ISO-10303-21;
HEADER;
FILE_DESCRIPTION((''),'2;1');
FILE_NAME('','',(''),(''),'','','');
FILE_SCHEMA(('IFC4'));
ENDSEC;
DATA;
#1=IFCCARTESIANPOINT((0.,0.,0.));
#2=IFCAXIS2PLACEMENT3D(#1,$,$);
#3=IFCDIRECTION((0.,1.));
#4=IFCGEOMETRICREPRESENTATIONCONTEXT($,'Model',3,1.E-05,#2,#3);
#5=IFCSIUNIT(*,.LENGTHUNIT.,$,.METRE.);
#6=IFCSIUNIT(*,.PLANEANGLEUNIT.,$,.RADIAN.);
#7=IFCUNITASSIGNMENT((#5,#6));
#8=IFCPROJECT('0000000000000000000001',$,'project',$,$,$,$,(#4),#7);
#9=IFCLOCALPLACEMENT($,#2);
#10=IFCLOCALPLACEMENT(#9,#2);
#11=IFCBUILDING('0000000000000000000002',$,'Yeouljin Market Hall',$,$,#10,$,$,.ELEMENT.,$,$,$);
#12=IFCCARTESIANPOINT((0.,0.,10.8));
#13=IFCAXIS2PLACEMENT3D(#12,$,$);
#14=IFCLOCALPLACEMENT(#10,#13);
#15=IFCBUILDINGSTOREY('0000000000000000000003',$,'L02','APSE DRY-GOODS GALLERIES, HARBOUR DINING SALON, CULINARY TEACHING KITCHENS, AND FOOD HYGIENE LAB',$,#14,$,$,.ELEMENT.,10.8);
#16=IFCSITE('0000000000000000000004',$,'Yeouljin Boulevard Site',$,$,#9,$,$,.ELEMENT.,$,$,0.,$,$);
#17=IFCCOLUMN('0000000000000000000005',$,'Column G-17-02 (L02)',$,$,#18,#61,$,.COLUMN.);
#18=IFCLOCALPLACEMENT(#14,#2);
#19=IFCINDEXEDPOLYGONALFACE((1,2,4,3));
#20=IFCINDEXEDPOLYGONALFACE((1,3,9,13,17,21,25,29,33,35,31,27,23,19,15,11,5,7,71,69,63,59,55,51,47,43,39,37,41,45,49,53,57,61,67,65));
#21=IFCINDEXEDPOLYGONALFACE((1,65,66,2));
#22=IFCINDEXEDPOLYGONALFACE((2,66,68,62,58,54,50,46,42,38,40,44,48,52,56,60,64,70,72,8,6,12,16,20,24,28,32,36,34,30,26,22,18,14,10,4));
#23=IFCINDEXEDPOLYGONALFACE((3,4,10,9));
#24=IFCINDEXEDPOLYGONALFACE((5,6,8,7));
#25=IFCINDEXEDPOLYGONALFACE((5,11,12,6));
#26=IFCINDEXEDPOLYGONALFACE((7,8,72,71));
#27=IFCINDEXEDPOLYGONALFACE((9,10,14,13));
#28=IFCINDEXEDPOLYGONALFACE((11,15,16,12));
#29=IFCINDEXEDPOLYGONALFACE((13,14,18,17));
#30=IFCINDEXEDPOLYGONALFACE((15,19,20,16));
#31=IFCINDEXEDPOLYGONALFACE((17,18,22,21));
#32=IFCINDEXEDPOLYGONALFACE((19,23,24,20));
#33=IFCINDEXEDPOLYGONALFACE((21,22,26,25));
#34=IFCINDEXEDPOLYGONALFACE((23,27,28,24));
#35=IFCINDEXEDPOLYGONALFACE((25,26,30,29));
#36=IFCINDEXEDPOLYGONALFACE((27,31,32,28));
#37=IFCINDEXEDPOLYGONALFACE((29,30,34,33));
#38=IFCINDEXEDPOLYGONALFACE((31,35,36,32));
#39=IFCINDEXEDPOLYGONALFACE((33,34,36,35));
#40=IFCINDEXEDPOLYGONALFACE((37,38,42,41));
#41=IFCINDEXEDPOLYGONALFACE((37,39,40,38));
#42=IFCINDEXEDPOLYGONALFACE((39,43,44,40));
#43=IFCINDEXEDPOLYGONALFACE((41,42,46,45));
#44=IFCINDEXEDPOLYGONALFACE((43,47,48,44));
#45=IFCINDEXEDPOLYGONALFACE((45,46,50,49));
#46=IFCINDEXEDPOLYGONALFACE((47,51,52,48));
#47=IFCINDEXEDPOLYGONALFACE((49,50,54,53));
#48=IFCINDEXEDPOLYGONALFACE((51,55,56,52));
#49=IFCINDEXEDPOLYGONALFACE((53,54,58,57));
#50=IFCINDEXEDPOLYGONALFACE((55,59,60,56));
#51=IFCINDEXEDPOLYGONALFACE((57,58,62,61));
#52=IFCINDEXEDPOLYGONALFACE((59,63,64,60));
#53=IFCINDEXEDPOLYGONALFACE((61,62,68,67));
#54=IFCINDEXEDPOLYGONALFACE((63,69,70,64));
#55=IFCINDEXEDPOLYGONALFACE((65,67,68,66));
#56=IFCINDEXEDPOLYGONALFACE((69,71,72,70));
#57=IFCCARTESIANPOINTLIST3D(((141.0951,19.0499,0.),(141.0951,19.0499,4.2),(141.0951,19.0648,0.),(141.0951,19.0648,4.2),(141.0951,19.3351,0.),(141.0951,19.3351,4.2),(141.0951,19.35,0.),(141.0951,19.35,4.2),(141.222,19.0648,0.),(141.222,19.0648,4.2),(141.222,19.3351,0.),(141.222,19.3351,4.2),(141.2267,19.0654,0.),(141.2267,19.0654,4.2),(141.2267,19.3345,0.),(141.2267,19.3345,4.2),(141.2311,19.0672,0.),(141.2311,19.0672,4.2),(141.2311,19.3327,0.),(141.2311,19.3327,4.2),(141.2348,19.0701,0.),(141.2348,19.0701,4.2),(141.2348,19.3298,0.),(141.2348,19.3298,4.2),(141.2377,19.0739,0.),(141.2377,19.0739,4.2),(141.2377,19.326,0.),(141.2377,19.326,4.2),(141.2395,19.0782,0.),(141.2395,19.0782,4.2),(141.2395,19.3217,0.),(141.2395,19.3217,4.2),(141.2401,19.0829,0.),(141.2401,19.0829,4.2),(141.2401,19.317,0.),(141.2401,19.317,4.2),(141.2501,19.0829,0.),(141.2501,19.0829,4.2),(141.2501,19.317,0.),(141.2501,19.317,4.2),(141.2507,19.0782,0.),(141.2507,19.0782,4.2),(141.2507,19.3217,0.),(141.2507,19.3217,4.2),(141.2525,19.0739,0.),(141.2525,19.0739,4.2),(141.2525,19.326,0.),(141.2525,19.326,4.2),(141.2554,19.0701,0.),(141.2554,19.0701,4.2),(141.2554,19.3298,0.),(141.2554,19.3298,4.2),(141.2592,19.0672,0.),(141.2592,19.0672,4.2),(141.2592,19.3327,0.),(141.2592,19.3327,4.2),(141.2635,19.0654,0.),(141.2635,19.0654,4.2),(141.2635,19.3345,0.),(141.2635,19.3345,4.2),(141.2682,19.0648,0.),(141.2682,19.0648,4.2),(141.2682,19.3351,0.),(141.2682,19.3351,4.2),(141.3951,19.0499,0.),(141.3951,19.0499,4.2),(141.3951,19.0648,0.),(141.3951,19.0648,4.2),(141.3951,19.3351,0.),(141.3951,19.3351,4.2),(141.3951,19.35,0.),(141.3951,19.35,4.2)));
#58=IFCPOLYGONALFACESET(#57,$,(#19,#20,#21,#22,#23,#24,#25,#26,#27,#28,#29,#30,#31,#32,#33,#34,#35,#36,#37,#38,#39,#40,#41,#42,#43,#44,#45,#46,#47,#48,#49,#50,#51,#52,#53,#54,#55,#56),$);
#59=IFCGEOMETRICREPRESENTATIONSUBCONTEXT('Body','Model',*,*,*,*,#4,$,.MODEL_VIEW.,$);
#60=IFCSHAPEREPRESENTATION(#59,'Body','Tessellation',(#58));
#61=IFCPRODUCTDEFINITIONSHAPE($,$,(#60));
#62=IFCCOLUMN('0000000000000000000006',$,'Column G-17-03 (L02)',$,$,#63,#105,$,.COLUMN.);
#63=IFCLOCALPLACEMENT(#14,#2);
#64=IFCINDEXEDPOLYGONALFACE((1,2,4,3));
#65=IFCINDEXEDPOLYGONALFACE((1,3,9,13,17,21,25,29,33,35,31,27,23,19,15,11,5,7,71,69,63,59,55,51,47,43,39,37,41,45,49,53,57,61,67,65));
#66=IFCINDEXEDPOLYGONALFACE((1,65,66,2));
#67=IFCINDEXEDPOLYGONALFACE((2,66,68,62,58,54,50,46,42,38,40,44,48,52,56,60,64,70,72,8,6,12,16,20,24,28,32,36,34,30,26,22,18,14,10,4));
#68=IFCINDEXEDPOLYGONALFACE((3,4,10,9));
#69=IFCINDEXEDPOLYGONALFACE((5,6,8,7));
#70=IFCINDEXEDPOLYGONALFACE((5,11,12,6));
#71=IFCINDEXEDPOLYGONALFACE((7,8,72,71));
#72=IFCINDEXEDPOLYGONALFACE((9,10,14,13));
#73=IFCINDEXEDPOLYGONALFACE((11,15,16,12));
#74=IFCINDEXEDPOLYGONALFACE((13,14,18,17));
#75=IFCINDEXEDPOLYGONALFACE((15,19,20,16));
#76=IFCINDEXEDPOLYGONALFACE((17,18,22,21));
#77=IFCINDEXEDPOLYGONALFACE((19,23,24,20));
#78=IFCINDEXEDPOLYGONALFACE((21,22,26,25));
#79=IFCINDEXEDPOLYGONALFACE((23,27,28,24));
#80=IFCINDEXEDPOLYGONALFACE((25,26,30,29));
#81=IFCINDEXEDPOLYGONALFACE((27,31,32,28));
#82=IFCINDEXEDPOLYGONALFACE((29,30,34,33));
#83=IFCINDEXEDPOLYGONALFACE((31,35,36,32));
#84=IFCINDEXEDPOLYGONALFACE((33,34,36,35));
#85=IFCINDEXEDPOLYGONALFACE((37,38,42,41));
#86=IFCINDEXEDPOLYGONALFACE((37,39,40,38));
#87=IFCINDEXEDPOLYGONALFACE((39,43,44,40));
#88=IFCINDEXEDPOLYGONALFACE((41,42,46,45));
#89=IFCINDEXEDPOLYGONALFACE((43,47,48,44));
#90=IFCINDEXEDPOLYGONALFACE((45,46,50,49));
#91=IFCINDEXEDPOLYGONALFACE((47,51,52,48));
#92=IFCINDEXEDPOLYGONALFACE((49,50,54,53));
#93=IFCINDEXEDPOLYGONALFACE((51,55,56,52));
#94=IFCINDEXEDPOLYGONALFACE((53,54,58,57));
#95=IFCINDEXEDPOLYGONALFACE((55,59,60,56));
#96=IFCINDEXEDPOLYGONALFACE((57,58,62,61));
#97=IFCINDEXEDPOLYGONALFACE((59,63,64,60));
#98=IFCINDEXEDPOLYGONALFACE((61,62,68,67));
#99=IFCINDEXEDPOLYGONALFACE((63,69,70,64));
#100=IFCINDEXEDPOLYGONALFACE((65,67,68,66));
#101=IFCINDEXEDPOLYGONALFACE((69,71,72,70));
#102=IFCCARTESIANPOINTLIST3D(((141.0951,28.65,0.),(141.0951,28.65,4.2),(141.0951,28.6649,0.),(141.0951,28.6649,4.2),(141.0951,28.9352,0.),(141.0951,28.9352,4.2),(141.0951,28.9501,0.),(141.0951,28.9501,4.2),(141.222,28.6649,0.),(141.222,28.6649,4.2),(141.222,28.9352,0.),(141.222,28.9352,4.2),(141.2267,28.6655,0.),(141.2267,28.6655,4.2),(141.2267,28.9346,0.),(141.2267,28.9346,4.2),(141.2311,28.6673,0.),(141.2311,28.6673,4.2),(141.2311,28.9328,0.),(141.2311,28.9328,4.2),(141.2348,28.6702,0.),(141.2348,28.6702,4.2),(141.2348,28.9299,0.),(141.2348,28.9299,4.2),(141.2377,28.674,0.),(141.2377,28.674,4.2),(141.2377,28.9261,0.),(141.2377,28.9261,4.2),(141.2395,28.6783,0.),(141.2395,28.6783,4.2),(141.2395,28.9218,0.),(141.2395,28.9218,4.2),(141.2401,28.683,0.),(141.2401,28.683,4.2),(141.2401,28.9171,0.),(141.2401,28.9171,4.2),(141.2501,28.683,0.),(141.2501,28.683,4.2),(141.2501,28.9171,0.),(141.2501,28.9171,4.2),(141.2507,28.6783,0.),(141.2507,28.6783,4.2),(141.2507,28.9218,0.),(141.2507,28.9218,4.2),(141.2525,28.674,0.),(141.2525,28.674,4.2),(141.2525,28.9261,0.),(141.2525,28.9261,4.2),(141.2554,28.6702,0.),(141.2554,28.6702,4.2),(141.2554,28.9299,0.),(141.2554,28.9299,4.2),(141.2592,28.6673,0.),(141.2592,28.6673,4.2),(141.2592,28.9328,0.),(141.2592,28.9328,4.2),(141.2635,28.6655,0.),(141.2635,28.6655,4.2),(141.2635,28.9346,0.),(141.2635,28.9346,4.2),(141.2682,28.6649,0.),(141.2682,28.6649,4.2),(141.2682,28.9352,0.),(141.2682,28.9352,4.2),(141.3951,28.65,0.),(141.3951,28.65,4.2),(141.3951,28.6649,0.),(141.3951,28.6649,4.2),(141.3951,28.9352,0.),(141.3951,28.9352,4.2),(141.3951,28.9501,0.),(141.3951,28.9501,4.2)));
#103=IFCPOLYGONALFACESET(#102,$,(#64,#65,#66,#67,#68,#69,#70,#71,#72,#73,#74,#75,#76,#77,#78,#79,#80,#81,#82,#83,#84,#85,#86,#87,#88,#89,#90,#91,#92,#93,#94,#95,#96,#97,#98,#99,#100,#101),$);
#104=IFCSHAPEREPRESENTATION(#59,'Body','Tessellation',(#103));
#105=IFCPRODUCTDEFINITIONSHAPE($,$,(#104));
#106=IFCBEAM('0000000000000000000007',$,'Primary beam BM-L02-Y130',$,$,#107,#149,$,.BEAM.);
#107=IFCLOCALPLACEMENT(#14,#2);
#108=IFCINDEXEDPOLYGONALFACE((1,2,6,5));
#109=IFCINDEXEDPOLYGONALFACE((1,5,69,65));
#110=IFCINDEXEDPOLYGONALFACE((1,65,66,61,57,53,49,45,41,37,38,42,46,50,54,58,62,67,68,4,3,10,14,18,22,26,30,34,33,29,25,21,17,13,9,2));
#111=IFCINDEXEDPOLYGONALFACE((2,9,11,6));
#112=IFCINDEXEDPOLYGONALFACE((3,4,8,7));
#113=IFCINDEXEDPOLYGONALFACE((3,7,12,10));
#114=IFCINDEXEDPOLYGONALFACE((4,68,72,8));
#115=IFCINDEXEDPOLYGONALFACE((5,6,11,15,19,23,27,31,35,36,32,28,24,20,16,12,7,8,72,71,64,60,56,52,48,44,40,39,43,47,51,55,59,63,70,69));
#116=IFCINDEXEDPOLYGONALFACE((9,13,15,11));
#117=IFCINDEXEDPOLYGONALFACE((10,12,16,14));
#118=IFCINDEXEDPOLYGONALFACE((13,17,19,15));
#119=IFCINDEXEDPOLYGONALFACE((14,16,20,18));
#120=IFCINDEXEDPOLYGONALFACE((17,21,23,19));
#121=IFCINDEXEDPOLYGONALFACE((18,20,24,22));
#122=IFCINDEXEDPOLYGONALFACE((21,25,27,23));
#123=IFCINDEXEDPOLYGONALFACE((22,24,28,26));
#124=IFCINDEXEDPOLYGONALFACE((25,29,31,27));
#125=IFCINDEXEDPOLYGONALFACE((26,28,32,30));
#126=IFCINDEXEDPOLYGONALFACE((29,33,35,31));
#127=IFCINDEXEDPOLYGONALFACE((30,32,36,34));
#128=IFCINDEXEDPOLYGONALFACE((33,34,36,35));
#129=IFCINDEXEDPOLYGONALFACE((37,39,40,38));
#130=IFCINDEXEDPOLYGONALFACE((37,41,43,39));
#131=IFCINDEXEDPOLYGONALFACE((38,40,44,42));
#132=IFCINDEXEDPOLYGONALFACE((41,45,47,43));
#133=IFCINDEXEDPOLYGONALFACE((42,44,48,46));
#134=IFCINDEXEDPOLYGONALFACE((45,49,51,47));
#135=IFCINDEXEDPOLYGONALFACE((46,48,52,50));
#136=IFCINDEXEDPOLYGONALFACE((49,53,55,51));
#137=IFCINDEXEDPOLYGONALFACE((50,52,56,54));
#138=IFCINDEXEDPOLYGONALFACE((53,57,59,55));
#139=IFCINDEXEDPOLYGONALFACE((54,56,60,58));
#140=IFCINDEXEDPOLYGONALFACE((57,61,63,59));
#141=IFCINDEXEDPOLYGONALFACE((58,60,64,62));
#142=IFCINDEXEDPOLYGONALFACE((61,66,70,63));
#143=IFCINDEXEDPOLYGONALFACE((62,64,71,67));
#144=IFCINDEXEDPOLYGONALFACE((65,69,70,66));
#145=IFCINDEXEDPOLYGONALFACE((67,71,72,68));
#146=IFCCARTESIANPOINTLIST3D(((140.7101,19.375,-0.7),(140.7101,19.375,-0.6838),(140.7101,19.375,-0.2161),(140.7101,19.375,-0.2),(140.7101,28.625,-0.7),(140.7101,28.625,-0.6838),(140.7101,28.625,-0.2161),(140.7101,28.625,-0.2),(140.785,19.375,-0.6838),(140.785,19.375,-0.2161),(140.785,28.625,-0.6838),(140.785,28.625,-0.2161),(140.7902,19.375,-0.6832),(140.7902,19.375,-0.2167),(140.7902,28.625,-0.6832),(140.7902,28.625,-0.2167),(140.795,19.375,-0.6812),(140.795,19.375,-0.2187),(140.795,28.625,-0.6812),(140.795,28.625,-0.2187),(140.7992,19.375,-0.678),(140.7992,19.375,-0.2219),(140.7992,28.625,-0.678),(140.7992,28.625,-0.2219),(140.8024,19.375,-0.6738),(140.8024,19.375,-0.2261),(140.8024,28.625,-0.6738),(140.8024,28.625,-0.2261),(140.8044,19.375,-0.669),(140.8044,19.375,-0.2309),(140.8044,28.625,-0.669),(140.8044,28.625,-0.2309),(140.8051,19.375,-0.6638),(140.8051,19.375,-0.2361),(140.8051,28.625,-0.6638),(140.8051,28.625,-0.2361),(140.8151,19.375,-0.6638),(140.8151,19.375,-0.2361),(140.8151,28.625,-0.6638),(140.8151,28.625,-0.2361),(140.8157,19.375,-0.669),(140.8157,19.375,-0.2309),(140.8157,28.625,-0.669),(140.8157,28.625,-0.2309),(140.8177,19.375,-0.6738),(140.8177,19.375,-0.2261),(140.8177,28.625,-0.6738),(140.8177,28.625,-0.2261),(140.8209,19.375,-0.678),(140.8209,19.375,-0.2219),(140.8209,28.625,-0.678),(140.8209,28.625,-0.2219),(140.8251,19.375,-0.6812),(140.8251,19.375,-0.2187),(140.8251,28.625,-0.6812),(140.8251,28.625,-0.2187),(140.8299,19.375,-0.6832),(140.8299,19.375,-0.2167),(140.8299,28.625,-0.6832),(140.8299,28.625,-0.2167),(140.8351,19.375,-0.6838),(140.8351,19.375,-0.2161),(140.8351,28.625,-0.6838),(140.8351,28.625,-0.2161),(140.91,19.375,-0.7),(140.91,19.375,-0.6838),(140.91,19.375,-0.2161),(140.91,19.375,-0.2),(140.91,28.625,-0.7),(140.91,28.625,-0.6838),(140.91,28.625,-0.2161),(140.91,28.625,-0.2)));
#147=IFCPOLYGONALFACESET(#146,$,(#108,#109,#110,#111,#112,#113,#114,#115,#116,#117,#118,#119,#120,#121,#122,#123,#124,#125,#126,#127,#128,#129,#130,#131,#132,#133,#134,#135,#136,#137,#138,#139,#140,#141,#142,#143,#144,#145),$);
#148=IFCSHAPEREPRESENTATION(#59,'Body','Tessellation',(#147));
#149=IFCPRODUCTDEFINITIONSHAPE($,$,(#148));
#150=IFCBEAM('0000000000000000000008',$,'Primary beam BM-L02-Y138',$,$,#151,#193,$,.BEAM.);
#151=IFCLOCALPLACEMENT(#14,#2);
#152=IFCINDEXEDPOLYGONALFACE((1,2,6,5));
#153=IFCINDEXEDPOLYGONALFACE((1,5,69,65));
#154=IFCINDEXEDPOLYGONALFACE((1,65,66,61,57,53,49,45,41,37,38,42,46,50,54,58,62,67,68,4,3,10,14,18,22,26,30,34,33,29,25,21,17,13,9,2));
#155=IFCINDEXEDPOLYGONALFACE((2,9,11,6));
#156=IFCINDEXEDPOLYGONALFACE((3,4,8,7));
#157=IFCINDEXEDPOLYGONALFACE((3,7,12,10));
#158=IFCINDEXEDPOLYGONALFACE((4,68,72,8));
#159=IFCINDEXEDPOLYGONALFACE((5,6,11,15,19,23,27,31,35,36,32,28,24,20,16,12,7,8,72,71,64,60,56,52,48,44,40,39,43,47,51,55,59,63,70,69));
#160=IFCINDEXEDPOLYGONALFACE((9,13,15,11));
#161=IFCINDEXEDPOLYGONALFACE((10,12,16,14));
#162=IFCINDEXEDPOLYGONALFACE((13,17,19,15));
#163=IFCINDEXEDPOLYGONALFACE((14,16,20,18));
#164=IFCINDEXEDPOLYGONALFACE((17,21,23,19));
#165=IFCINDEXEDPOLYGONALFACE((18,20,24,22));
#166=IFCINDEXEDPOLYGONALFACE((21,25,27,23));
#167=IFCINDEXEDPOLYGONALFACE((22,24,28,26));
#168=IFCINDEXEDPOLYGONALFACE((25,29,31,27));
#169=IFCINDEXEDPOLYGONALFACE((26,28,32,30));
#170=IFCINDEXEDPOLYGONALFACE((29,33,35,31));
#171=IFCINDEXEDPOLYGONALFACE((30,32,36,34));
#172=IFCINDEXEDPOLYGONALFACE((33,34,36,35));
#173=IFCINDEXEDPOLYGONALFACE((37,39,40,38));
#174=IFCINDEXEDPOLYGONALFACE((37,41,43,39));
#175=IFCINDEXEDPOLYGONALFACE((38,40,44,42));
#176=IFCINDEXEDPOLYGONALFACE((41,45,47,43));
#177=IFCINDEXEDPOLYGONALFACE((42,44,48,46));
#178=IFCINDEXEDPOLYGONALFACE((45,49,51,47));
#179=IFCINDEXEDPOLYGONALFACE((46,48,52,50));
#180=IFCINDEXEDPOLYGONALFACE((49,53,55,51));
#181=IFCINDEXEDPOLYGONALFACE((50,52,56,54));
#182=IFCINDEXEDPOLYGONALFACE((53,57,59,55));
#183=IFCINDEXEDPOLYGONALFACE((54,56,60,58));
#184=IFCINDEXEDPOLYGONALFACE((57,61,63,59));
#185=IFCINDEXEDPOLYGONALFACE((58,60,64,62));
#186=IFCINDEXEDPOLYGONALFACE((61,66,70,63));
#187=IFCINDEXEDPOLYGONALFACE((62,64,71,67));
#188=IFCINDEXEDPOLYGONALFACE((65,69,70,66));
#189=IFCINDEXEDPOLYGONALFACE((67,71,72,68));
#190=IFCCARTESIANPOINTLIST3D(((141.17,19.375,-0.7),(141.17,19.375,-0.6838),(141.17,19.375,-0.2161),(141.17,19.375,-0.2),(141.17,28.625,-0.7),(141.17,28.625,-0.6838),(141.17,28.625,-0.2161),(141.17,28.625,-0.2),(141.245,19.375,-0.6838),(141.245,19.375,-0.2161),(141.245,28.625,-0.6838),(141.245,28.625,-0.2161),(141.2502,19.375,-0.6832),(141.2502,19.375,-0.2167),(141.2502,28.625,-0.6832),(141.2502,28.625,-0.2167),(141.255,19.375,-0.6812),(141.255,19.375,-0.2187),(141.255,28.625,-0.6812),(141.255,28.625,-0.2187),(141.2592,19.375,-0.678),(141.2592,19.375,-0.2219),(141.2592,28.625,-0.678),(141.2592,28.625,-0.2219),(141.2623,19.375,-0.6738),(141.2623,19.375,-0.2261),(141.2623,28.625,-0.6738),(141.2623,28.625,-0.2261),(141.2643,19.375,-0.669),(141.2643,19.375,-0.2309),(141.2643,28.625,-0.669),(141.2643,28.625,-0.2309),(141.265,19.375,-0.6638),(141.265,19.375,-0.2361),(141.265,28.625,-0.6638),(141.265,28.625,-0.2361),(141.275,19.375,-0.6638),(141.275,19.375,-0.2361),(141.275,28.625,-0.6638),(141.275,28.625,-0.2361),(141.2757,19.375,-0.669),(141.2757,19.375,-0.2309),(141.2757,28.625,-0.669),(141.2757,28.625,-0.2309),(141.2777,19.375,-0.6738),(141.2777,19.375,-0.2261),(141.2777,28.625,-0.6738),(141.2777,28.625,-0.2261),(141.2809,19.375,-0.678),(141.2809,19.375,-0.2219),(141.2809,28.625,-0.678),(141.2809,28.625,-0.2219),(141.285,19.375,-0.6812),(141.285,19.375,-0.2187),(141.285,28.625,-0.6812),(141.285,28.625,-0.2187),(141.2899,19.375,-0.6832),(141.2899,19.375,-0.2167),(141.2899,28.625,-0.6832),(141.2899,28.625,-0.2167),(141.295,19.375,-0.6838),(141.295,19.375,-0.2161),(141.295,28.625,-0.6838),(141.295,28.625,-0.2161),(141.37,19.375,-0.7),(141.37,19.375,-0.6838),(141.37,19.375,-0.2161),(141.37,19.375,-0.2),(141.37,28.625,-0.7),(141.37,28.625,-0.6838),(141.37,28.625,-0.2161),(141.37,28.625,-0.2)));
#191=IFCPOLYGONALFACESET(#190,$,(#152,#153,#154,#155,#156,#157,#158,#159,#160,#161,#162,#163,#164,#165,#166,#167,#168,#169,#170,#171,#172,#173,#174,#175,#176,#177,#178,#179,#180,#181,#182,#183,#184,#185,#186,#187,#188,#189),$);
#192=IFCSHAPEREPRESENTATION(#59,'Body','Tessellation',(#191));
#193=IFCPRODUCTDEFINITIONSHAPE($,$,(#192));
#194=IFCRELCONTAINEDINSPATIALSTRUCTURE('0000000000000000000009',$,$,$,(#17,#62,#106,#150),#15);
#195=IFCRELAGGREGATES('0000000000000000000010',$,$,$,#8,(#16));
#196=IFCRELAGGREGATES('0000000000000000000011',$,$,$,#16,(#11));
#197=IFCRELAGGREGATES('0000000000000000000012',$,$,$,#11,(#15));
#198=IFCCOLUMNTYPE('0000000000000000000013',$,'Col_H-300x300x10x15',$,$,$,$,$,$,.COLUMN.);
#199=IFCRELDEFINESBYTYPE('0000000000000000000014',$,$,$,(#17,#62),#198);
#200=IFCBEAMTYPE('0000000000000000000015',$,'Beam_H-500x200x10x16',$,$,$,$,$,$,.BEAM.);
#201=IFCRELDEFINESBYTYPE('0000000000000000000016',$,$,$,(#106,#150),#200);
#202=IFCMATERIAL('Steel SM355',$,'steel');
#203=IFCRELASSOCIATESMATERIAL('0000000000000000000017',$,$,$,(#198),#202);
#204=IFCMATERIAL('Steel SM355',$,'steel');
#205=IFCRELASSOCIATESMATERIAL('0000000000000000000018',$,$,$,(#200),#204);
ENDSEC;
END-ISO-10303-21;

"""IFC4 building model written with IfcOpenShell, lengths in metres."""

from ifc_helpers import new_model, si_unit, direction, frame, origin, origin_2d, place, context, subcontext, project, spatial, i_section, extrude, material, material_profile, profile_set, type_object, element, save


model = new_model("IFC4")

# Units and contexts
model_context = context("Model", 3, precision=1e-05, world=origin(), true_north=direction((0.0, 1.0)))
body_context = subcontext(model_context, "Body", "Model", "MODEL_VIEW")
ifc_project = project(units=[si_unit("LENGTHUNIT", "METRE"), si_unit("PLANEANGLEUNIT", "RADIAN")], contexts=[model_context])

# Site, building, storey
site_placement = place(None, origin())
site = spatial("IfcSite", under=ifc_project, at=site_placement, Name="Yeouljin Boulevard Site", CompositionType="ELEMENT", RefElevation=0.0)
building_placement = place(site_placement, origin())
building = spatial("IfcBuilding", under=site, at=building_placement, Name="Yeouljin Market Hall", CompositionType="ELEMENT")
storey_placement = place(building_placement, frame((0.0, 0.0, 10.8)))
storey = spatial("IfcBuildingStorey", under=building, at=storey_placement, Name="L02", Description="APSE DRY-GOODS GALLERIES, HARBOUR DINING SALON, CULINARY TEACHING KITCHENS, AND FOOD HYGIENE LAB", CompositionType="ELEMENT", Elevation=10.8)

# Columns
ifc_material_1 = material(Name="Steel SM355", Category="steel")
ifc_material_profile_1 = material_profile(ifc_material_1, i_section(OverallWidth=0.3, OverallDepth=0.3, WebThickness=0.01, FlangeThickness=0.0149, FilletRadius=0.0181, at=origin_2d()), Name="H-300x300x10x15")
ifc_profile_set_1 = profile_set([ifc_material_profile_1], Name="Steel SM355")
column_type_1 = type_object("IfcColumnType", Name="Col_H-300x300x10x15", PredefinedType="COLUMN", material=ifc_profile_set_1)
for number, where, z_axis, x_axis, name in (
    (1, (141.2451, 19.2, 0.0), (0.0, 0.0, 1.0), (1.0, 0.0, 0.0), "Column G-17-02 (L02)"),
    (2, (141.2451, 28.8, 0.0), (0.0, 0.0, 1.0), (1.0, 0.0, 0.0), "Column G-17-03 (L02)"),
):
    element("IfcColumn", number, at=place(storey_placement, frame(where, z_axis=z_axis, x_axis=x_axis)), inside=storey, type_object=column_type_1, Name=name, PredefinedType="COLUMN", context=body_context, shape_type="SweptSolid", body=[
        extrude(i_section(OverallWidth=0.3, OverallDepth=0.3, WebThickness=0.01, FlangeThickness=0.0149, FilletRadius=0.0181, at=origin_2d()), origin(), (0.0, 0.0, 1.0), 4.2),
    ])

# Beams
ifc_material_2 = material(Name="Steel SM355", Category="steel")
ifc_material_profile_2 = material_profile(ifc_material_2, i_section(OverallWidth=0.2, OverallDepth=0.5, WebThickness=0.01, FlangeThickness=0.0161, FilletRadius=0.02, at=origin_2d()), Name="H-500x200x10x16")
ifc_profile_set_2 = profile_set([ifc_material_profile_2], Name="Steel SM355")
beam_type_1 = type_object("IfcBeamType", Name="Beam_H-500x200x10x16", PredefinedType="BEAM", material=ifc_profile_set_2)
for number, where, z_axis, x_axis, name in (
    (3, (140.8101, 19.375, -0.45), (0.0, 1.0, 0.0), (-1.0, 0.0, 0.0), "Primary beam BM-L02-Y130"),
    (4, (141.27, 19.375, -0.45), (0.0, 1.0, 0.0), (-1.0, 0.0, 0.0), "Primary beam BM-L02-Y138"),
):
    element("IfcBeam", number, at=place(storey_placement, frame(where, z_axis=z_axis, x_axis=x_axis)), inside=storey, type_object=beam_type_1, Name=name, PredefinedType="BEAM", context=body_context, shape_type="SweptSolid", body=[
        extrude(i_section(OverallWidth=0.2, OverallDepth=0.5, WebThickness=0.01, FlangeThickness=0.0161, FilletRadius=0.02, at=origin_2d()), origin(), (0.0, 0.0, 1.0), 9.25),
    ])

save(model, "model.ifc")
